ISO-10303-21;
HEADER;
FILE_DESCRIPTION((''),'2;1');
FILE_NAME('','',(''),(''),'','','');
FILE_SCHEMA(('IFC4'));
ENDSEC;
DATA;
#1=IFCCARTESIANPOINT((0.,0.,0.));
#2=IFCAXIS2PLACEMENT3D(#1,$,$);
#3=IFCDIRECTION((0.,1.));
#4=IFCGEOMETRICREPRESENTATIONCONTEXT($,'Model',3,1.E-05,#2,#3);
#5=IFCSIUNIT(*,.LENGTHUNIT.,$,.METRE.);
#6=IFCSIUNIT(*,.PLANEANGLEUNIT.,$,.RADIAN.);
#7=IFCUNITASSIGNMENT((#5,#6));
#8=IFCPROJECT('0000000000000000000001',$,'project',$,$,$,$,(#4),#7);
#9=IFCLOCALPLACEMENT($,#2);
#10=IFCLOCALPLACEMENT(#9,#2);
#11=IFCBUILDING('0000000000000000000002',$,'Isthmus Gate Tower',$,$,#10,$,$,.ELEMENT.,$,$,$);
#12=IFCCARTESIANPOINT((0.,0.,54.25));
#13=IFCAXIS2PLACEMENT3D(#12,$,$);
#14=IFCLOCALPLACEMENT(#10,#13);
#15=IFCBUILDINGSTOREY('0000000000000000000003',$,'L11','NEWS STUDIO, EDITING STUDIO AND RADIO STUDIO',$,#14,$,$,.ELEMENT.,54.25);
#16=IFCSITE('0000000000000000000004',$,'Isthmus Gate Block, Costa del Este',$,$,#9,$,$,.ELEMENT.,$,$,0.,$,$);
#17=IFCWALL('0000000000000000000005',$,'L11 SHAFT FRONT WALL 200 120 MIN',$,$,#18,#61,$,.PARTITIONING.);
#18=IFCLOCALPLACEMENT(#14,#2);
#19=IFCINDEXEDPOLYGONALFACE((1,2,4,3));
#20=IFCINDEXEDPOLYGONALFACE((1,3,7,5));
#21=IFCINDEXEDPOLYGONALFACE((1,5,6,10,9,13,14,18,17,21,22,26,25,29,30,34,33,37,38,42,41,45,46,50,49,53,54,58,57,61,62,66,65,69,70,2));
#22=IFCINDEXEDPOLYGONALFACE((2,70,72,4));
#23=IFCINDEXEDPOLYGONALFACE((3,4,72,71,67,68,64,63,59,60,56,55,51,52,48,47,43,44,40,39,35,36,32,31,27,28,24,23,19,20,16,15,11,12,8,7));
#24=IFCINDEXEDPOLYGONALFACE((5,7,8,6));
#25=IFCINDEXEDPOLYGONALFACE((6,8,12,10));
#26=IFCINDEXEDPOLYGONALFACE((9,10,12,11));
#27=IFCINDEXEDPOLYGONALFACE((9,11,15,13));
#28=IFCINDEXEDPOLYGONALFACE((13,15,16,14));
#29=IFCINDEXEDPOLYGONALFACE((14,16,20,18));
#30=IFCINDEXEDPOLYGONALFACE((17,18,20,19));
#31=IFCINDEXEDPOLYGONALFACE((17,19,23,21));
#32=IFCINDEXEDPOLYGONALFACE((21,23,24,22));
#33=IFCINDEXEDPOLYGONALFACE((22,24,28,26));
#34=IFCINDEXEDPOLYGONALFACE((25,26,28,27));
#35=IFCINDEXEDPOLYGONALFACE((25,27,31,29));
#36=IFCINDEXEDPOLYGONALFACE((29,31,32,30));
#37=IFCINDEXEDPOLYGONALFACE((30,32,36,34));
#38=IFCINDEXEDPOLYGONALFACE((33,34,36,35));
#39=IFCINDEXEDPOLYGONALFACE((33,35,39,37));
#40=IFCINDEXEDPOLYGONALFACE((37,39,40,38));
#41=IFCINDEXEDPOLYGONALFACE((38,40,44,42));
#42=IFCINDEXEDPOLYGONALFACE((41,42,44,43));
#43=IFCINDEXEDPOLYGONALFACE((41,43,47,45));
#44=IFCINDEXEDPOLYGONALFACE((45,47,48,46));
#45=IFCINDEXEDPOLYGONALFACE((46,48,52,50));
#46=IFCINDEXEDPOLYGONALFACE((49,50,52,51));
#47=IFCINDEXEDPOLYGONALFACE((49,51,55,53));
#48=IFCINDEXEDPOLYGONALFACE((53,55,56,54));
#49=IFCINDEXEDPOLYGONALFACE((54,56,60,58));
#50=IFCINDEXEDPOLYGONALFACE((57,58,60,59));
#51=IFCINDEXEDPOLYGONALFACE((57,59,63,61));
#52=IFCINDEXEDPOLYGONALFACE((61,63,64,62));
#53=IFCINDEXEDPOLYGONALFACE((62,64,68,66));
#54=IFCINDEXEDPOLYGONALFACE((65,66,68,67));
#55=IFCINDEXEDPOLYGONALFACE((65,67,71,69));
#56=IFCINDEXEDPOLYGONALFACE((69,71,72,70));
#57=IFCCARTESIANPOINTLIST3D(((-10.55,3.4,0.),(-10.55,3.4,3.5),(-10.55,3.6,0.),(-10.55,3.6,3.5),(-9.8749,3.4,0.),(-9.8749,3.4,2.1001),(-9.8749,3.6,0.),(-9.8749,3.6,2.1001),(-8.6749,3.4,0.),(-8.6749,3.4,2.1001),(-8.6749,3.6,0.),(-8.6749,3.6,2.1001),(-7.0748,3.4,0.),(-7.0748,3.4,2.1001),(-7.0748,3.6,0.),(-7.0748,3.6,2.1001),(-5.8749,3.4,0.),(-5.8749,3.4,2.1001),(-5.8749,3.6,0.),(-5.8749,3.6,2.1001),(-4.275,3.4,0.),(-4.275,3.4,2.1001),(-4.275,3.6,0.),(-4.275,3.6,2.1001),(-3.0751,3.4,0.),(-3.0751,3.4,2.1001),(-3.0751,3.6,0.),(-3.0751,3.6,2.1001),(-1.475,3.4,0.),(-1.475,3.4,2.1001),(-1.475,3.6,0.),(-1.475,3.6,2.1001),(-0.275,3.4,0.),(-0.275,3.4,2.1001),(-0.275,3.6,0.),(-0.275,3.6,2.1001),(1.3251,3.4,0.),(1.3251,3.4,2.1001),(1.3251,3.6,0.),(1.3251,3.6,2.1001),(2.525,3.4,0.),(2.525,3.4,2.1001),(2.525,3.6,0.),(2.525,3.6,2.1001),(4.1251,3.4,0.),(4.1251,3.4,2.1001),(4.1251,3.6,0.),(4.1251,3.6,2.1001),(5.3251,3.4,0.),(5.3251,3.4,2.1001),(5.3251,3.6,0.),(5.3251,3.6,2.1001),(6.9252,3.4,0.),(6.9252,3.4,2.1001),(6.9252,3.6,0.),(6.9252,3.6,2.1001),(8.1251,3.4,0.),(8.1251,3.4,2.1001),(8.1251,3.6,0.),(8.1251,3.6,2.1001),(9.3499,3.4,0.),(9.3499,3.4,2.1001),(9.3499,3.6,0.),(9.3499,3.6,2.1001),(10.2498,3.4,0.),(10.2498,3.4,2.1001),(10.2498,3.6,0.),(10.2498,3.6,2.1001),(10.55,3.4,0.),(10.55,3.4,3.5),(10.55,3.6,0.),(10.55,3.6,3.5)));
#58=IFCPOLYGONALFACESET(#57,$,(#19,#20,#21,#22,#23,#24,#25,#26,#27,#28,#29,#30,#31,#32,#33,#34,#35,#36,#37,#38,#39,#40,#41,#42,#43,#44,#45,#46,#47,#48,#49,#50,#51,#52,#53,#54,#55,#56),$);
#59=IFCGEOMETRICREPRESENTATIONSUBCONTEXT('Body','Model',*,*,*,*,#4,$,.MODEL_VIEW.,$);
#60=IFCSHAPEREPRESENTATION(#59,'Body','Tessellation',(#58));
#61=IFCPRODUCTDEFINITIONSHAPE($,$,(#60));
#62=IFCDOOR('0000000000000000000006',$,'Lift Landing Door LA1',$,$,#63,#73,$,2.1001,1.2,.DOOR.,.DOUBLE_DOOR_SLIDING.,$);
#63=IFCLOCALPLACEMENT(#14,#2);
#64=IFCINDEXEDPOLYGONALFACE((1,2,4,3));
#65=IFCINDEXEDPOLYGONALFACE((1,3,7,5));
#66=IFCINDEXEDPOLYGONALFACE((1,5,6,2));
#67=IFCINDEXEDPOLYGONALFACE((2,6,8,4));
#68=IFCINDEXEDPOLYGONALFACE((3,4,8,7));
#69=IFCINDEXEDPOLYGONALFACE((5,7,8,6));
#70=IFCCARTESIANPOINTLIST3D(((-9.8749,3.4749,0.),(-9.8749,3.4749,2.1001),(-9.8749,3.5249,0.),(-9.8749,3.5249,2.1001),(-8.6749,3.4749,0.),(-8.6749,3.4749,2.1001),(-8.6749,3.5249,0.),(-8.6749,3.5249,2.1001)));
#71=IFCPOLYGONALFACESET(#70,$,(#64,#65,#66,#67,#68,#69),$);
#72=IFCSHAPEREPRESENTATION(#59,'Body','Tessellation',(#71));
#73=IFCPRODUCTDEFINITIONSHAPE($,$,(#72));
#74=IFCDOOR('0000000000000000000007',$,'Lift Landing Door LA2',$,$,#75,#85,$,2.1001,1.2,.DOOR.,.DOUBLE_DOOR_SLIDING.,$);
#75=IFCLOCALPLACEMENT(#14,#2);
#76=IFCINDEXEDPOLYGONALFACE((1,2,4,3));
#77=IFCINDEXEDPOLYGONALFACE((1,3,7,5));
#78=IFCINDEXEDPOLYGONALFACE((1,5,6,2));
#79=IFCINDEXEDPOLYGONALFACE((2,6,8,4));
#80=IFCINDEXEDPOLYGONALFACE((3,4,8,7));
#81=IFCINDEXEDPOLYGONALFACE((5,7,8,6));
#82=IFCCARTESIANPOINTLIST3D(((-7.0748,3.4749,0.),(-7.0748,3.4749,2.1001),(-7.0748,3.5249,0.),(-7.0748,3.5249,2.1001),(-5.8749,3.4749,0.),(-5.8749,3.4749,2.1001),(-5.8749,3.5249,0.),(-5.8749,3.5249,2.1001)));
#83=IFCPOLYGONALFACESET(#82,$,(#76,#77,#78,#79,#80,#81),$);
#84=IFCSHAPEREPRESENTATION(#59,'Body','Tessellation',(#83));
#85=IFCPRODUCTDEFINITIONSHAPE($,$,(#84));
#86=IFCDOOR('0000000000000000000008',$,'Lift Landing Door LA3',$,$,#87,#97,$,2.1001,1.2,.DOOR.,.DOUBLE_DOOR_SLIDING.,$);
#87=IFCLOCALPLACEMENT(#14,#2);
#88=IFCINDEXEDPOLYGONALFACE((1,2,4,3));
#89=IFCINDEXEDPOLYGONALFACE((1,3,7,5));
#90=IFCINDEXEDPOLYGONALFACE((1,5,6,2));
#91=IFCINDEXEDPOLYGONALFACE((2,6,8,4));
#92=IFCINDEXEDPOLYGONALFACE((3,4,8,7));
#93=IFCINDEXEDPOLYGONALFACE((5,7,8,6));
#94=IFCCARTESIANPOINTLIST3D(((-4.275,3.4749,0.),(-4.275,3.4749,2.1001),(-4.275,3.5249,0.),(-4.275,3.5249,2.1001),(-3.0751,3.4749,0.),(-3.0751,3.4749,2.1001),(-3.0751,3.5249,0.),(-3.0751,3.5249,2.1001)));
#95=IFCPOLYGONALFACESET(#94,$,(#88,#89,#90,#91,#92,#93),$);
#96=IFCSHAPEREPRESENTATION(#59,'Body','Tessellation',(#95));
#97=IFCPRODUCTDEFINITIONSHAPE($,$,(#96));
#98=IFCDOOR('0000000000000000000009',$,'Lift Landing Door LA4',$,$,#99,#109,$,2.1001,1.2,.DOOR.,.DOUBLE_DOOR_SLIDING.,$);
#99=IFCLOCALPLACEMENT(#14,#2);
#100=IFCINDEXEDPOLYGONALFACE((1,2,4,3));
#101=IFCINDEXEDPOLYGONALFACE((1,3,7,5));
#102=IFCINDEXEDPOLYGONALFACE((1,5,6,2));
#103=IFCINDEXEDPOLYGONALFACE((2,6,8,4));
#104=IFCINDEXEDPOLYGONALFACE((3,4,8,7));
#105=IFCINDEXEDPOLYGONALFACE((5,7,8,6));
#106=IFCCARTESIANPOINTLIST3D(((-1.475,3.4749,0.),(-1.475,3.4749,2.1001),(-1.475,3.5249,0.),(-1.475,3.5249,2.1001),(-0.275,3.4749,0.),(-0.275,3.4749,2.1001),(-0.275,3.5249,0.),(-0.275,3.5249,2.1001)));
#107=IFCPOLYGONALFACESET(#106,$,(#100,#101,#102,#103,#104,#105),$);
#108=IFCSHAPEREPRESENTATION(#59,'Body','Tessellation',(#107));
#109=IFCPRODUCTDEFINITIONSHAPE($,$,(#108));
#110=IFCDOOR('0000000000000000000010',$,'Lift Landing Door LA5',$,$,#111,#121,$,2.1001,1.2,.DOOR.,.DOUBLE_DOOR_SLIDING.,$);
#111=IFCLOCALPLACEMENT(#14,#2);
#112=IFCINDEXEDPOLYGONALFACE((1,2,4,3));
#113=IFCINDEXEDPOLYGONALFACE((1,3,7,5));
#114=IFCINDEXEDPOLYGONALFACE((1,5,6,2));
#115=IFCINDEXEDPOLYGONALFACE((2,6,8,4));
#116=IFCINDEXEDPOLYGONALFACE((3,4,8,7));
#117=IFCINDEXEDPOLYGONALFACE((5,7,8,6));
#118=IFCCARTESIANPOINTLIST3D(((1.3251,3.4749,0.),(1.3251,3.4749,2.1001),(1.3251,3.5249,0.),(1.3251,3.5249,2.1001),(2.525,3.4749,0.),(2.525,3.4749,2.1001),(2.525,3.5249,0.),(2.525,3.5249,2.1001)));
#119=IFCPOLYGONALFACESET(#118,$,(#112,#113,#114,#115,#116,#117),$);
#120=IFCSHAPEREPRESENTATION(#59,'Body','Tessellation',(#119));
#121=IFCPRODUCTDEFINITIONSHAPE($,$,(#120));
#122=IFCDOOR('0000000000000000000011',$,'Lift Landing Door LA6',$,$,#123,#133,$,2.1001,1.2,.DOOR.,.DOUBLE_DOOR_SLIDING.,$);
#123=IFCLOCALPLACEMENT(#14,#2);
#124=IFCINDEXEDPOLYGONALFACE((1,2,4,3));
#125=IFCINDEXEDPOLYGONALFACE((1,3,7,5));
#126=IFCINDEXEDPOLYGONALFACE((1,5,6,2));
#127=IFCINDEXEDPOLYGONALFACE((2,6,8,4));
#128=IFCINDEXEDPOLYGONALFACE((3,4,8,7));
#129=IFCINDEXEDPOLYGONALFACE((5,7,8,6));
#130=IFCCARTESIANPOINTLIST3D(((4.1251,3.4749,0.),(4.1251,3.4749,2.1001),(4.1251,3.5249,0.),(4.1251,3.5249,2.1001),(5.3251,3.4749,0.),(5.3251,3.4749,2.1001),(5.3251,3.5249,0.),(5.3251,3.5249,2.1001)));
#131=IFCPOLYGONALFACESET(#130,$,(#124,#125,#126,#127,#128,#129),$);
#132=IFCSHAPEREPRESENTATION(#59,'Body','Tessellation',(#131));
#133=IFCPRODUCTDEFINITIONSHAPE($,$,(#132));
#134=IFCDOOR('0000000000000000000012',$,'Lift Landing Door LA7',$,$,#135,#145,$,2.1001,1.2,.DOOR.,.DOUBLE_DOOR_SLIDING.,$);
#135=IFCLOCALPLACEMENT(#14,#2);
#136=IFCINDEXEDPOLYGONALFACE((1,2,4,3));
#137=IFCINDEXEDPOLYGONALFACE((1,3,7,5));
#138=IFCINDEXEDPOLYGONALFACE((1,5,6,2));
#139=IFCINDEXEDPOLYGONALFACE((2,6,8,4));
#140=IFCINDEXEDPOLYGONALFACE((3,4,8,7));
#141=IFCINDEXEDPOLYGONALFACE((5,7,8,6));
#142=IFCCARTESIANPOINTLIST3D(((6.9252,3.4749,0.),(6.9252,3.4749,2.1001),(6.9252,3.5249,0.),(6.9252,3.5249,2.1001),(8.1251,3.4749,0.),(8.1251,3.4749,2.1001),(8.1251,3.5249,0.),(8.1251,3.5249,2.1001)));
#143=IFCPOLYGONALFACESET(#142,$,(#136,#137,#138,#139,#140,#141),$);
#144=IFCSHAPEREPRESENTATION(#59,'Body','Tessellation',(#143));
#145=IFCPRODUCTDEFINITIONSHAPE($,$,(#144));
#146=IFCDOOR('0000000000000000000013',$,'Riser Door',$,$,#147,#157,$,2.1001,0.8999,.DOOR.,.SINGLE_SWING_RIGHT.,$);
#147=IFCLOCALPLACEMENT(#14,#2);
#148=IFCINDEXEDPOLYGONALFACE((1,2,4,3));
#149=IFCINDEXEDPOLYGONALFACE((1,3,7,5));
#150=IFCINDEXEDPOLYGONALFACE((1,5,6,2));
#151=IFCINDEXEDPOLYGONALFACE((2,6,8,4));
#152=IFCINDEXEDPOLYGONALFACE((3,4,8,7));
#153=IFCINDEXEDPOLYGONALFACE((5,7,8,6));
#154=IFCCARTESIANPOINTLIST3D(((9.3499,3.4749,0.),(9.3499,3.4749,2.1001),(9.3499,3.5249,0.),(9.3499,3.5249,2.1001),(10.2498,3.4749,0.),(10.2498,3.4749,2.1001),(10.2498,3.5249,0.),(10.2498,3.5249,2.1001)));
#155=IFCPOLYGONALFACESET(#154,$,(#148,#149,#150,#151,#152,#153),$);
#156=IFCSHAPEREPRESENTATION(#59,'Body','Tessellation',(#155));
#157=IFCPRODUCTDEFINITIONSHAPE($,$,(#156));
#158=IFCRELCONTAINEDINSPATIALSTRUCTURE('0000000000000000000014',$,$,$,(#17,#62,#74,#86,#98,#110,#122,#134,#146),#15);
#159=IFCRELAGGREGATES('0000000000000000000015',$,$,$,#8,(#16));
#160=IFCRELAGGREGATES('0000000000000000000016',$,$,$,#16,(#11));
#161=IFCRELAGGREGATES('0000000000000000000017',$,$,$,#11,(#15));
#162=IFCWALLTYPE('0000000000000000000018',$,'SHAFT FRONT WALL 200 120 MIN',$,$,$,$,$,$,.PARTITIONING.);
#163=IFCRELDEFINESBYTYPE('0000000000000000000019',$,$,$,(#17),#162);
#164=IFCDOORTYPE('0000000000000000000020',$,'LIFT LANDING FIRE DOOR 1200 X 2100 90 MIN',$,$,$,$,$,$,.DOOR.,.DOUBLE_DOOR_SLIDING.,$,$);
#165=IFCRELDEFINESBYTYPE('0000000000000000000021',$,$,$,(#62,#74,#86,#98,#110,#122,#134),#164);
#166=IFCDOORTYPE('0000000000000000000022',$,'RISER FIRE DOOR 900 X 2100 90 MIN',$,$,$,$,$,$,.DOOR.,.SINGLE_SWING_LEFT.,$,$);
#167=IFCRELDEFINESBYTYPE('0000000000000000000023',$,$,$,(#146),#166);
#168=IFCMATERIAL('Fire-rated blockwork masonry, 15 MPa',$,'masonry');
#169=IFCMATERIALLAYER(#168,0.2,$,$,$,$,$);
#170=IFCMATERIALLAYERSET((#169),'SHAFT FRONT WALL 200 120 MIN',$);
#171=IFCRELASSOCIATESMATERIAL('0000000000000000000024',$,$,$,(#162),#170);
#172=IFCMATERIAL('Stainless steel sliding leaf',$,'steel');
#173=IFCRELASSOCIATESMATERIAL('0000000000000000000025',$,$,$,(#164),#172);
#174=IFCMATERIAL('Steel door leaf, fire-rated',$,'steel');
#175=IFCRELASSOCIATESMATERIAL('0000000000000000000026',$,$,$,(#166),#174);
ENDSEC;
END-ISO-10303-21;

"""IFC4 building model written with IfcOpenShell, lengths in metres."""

from ifc_helpers import new_model, si_unit, direction, frame, frame_2d, origin, place, context, subcontext, project, spatial, rectangle, extrude, material, layer, layer_set, type_object, element, fill, save


model = new_model("IFC4")

# Units and contexts
model_context = context("Model", 3, precision=1e-05, world=origin(), true_north=direction((0.0, 1.0)))
body_context = subcontext(model_context, "Body", "Model", "MODEL_VIEW")
ifc_project = project(units=[si_unit("LENGTHUNIT", "METRE"), si_unit("PLANEANGLEUNIT", "RADIAN")], contexts=[model_context])

# Site, building, storey
site_placement = place(None, origin())
site = spatial("IfcSite", under=ifc_project, at=site_placement, Name="Isthmus Gate Block, Costa del Este", CompositionType="ELEMENT", RefElevation=0.0)
building_placement = place(site_placement, origin())
building = spatial("IfcBuilding", under=site, at=building_placement, Name="Isthmus Gate Tower", CompositionType="ELEMENT")
storey_placement = place(building_placement, frame((0.0, 0.0, 54.25)))
storey = spatial("IfcBuildingStorey", under=building, at=storey_placement, Name="L11", Description="NEWS STUDIO, EDITING STUDIO AND RADIO STUDIO", CompositionType="ELEMENT", Elevation=54.25)

# Wall, openings, doors
ifc_material_1 = material(Name="Fire-rated blockwork masonry, 15 MPa", Category="masonry")
ifc_layer_1 = layer(ifc_material_1, 0.2)
ifc_layer_set_1 = layer_set([ifc_layer_1], Name="SHAFT FRONT WALL 200 120 MIN")
wall_type_1 = type_object("IfcWallType", Name="SHAFT FRONT WALL 200 120 MIN", PredefinedType="PARTITIONING", material=ifc_layer_set_1)
wall_1_placement = place(storey_placement, frame((-10.55, 3.5, 0.0), z_axis=(0.0, 0.0, 1.0), x_axis=(1.0, 0.0, 0.0)))
wall_1 = element("IfcWall", 1, at=wall_1_placement, inside=storey, type_object=wall_type_1, Name="L11 SHAFT FRONT WALL 200 120 MIN", PredefinedType="PARTITIONING", context=body_context, shape_type="SweptSolid", body=[
    extrude(rectangle(XDim=21.1001, YDim=0.2, at=frame_2d((10.55, 0.0))), origin(), (0.0, 0.0, 1.0), 3.5),
])
opening_1_placement = place(wall_1_placement, frame((0.675, 0.0, 0.0)))
opening_1 = element("IfcOpeningElement", 2, at=opening_1_placement, cuts=wall_1, PredefinedType="OPENING", context=body_context, shape_type="SweptSolid", body=[
    extrude(rectangle(XDim=1.2, YDim=2.1001, at=frame_2d((0.6001, 1.05))), frame((0.0, 0.1099, 0.0), z_axis=(0.0, -1.0, 0.0), x_axis=(1.0, 0.0, 0.0)), (0.0, 0.0, 1.0), 0.22),
])
opening_2_placement = place(wall_1_placement, frame((3.4751, 0.0, 0.0)))
opening_2 = element("IfcOpeningElement", 3, at=opening_2_placement, cuts=wall_1, PredefinedType="OPENING", context=body_context, shape_type="SweptSolid", body=[
    extrude(rectangle(XDim=1.2, YDim=2.1001, at=frame_2d((0.6001, 1.05))), frame((0.0, 0.1099, 0.0), z_axis=(0.0, -1.0, 0.0), x_axis=(1.0, 0.0, 0.0)), (0.0, 0.0, 1.0), 0.22),
])
opening_3_placement = place(wall_1_placement, frame((6.2749, 0.0, 0.0)))
opening_3 = element("IfcOpeningElement", 4, at=opening_3_placement, cuts=wall_1, PredefinedType="OPENING", context=body_context, shape_type="SweptSolid", body=[
    extrude(rectangle(XDim=1.2, YDim=2.1001, at=frame_2d((0.6001, 1.05))), frame((0.0, 0.1099, 0.0), z_axis=(0.0, -1.0, 0.0), x_axis=(1.0, 0.0, 0.0)), (0.0, 0.0, 1.0), 0.22),
])
opening_4_placement = place(wall_1_placement, frame((9.075, 0.0, 0.0)))
opening_4 = element("IfcOpeningElement", 5, at=opening_4_placement, cuts=wall_1, PredefinedType="OPENING", context=body_context, shape_type="SweptSolid", body=[
    extrude(rectangle(XDim=1.2, YDim=2.1001, at=frame_2d((0.6001, 1.05))), frame((0.0, 0.1099, 0.0), z_axis=(0.0, -1.0, 0.0), x_axis=(1.0, 0.0, 0.0)), (0.0, 0.0, 1.0), 0.22),
])
opening_5_placement = place(wall_1_placement, frame((11.875, 0.0, 0.0)))
opening_5 = element("IfcOpeningElement", 6, at=opening_5_placement, cuts=wall_1, PredefinedType="OPENING", context=body_context, shape_type="SweptSolid", body=[
    extrude(rectangle(XDim=1.2, YDim=2.1001, at=frame_2d((0.6001, 1.05))), frame((0.0, 0.1099, 0.0), z_axis=(0.0, -1.0, 0.0), x_axis=(1.0, 0.0, 0.0)), (0.0, 0.0, 1.0), 0.22),
])
opening_6_placement = place(wall_1_placement, frame((14.675, 0.0, 0.0)))
opening_6 = element("IfcOpeningElement", 7, at=opening_6_placement, cuts=wall_1, PredefinedType="OPENING", context=body_context, shape_type="SweptSolid", body=[
    extrude(rectangle(XDim=1.2, YDim=2.1001, at=frame_2d((0.6001, 1.05))), frame((0.0, 0.1099, 0.0), z_axis=(0.0, -1.0, 0.0), x_axis=(1.0, 0.0, 0.0)), (0.0, 0.0, 1.0), 0.22),
])
opening_7_placement = place(wall_1_placement, frame((17.4751, 0.0, 0.0)))
opening_7 = element("IfcOpeningElement", 8, at=opening_7_placement, cuts=wall_1, PredefinedType="OPENING", context=body_context, shape_type="SweptSolid", body=[
    extrude(rectangle(XDim=1.2, YDim=2.1001, at=frame_2d((0.6001, 1.05))), frame((0.0, 0.1099, 0.0), z_axis=(0.0, -1.0, 0.0), x_axis=(1.0, 0.0, 0.0)), (0.0, 0.0, 1.0), 0.22),
])
opening_8_placement = place(wall_1_placement, frame((19.8999, 0.0, 0.0)))
opening_8 = element("IfcOpeningElement", 9, at=opening_8_placement, cuts=wall_1, PredefinedType="OPENING", context=body_context, shape_type="SweptSolid", body=[
    extrude(rectangle(XDim=0.8999, YDim=2.1001, at=frame_2d((0.45, 1.05))), frame((0.0, 0.1099, 0.0), z_axis=(0.0, -1.0, 0.0), x_axis=(1.0, 0.0, 0.0)), (0.0, 0.0, 1.0), 0.22),
])
ifc_material_2 = material(Name="Stainless steel sliding leaf", Category="steel")
door_type_1 = type_object("IfcDoorType", Name="LIFT LANDING FIRE DOOR 1200 X 2100 90 MIN", OperationType="DOUBLE_DOOR_SLIDING", PredefinedType="DOOR", material=ifc_material_2)
door_1_placement = place(opening_1_placement, origin())
door_1 = element("IfcDoor", 10, at=door_1_placement, inside=storey, type_object=door_type_1, Name="Lift Landing Door LA1", OperationType="DOUBLE_DOOR_SLIDING", OverallHeight=2.1001, OverallWidth=1.2, PredefinedType="DOOR", context=body_context, shape_type="SweptSolid", body=[
    extrude(rectangle(XDim=1.2, YDim=2.1001, at=frame_2d((0.6001, 1.05))), frame((0.0, 0.0249, 0.0), z_axis=(0.0, -1.0, 0.0), x_axis=(1.0, 0.0, 0.0)), (0.0, 0.0, 1.0), 0.05),
])
fill(opening_1, door_1)
door_2_placement = place(opening_2_placement, origin())
door_2 = element("IfcDoor", 11, at=door_2_placement, inside=storey, type_object=door_type_1, Name="Lift Landing Door LA2", OperationType="DOUBLE_DOOR_SLIDING", OverallHeight=2.1001, OverallWidth=1.2, PredefinedType="DOOR", context=body_context, shape_type="SweptSolid", body=[
    extrude(rectangle(XDim=1.2, YDim=2.1001, at=frame_2d((0.6001, 1.05))), frame((0.0, 0.0249, 0.0), z_axis=(0.0, -1.0, 0.0), x_axis=(1.0, 0.0, 0.0)), (0.0, 0.0, 1.0), 0.05),
])
fill(opening_2, door_2)
door_3_placement = place(opening_3_placement, origin())
door_3 = element("IfcDoor", 12, at=door_3_placement, inside=storey, type_object=door_type_1, Name="Lift Landing Door LA3", OperationType="DOUBLE_DOOR_SLIDING", OverallHeight=2.1001, OverallWidth=1.2, PredefinedType="DOOR", context=body_context, shape_type="SweptSolid", body=[
    extrude(rectangle(XDim=1.2, YDim=2.1001, at=frame_2d((0.6001, 1.05))), frame((0.0, 0.0249, 0.0), z_axis=(0.0, -1.0, 0.0), x_axis=(1.0, 0.0, 0.0)), (0.0, 0.0, 1.0), 0.05),
])
fill(opening_3, door_3)
door_4_placement = place(opening_4_placement, origin())
door_4 = element("IfcDoor", 13, at=door_4_placement, inside=storey, type_object=door_type_1, Name="Lift Landing Door LA4", OperationType="DOUBLE_DOOR_SLIDING", OverallHeight=2.1001, OverallWidth=1.2, PredefinedType="DOOR", context=body_context, shape_type="SweptSolid", body=[
    extrude(rectangle(XDim=1.2, YDim=2.1001, at=frame_2d((0.6001, 1.05))), frame((0.0, 0.0249, 0.0), z_axis=(0.0, -1.0, 0.0), x_axis=(1.0, 0.0, 0.0)), (0.0, 0.0, 1.0), 0.05),
])
fill(opening_4, door_4)
door_5_placement = place(opening_5_placement, origin())
door_5 = element("IfcDoor", 14, at=door_5_placement, inside=storey, type_object=door_type_1, Name="Lift Landing Door LA5", OperationType="DOUBLE_DOOR_SLIDING", OverallHeight=2.1001, OverallWidth=1.2, PredefinedType="DOOR", context=body_context, shape_type="SweptSolid", body=[
    extrude(rectangle(XDim=1.2, YDim=2.1001, at=frame_2d((0.6001, 1.05))), frame((0.0, 0.0249, 0.0), z_axis=(0.0, -1.0, 0.0), x_axis=(1.0, 0.0, 0.0)), (0.0, 0.0, 1.0), 0.05),
])
fill(opening_5, door_5)
door_6_placement = place(opening_6_placement, origin())
door_6 = element("IfcDoor", 15, at=door_6_placement, inside=storey, type_object=door_type_1, Name="Lift Landing Door LA6", OperationType="DOUBLE_DOOR_SLIDING", OverallHeight=2.1001, OverallWidth=1.2, PredefinedType="DOOR", context=body_context, shape_type="SweptSolid", body=[
    extrude(rectangle(XDim=1.2, YDim=2.1001, at=frame_2d((0.6001, 1.05))), frame((0.0, 0.0249, 0.0), z_axis=(0.0, -1.0, 0.0), x_axis=(1.0, 0.0, 0.0)), (0.0, 0.0, 1.0), 0.05),
])
fill(opening_6, door_6)
door_7_placement = place(opening_7_placement, origin())
door_7 = element("IfcDoor", 16, at=door_7_placement, inside=storey, type_object=door_type_1, Name="Lift Landing Door LA7", OperationType="DOUBLE_DOOR_SLIDING", OverallHeight=2.1001, OverallWidth=1.2, PredefinedType="DOOR", context=body_context, shape_type="SweptSolid", body=[
    extrude(rectangle(XDim=1.2, YDim=2.1001, at=frame_2d((0.6001, 1.05))), frame((0.0, 0.0249, 0.0), z_axis=(0.0, -1.0, 0.0), x_axis=(1.0, 0.0, 0.0)), (0.0, 0.0, 1.0), 0.05),
])
fill(opening_7, door_7)
ifc_material_3 = material(Name="Steel door leaf, fire-rated", Category="steel")
door_type_2 = type_object("IfcDoorType", Name="RISER FIRE DOOR 900 X 2100 90 MIN", OperationType="SINGLE_SWING_LEFT", PredefinedType="DOOR", material=ifc_material_3)
door_8_placement = place(opening_8_placement, origin())
door_8 = element("IfcDoor", 17, at=door_8_placement, inside=storey, type_object=door_type_2, Name="Riser Door", OperationType="SINGLE_SWING_RIGHT", OverallHeight=2.1001, OverallWidth=0.8999, PredefinedType="DOOR", context=body_context, shape_type="SweptSolid", body=[
    extrude(rectangle(XDim=0.8999, YDim=2.1001, at=frame_2d((0.45, 1.05))), frame((0.0, 0.0249, 0.0), z_axis=(0.0, -1.0, 0.0), x_axis=(1.0, 0.0, 0.0)), (0.0, 0.0, 1.0), 0.05),
])
fill(opening_8, door_8)

save(model, "model.ifc")
